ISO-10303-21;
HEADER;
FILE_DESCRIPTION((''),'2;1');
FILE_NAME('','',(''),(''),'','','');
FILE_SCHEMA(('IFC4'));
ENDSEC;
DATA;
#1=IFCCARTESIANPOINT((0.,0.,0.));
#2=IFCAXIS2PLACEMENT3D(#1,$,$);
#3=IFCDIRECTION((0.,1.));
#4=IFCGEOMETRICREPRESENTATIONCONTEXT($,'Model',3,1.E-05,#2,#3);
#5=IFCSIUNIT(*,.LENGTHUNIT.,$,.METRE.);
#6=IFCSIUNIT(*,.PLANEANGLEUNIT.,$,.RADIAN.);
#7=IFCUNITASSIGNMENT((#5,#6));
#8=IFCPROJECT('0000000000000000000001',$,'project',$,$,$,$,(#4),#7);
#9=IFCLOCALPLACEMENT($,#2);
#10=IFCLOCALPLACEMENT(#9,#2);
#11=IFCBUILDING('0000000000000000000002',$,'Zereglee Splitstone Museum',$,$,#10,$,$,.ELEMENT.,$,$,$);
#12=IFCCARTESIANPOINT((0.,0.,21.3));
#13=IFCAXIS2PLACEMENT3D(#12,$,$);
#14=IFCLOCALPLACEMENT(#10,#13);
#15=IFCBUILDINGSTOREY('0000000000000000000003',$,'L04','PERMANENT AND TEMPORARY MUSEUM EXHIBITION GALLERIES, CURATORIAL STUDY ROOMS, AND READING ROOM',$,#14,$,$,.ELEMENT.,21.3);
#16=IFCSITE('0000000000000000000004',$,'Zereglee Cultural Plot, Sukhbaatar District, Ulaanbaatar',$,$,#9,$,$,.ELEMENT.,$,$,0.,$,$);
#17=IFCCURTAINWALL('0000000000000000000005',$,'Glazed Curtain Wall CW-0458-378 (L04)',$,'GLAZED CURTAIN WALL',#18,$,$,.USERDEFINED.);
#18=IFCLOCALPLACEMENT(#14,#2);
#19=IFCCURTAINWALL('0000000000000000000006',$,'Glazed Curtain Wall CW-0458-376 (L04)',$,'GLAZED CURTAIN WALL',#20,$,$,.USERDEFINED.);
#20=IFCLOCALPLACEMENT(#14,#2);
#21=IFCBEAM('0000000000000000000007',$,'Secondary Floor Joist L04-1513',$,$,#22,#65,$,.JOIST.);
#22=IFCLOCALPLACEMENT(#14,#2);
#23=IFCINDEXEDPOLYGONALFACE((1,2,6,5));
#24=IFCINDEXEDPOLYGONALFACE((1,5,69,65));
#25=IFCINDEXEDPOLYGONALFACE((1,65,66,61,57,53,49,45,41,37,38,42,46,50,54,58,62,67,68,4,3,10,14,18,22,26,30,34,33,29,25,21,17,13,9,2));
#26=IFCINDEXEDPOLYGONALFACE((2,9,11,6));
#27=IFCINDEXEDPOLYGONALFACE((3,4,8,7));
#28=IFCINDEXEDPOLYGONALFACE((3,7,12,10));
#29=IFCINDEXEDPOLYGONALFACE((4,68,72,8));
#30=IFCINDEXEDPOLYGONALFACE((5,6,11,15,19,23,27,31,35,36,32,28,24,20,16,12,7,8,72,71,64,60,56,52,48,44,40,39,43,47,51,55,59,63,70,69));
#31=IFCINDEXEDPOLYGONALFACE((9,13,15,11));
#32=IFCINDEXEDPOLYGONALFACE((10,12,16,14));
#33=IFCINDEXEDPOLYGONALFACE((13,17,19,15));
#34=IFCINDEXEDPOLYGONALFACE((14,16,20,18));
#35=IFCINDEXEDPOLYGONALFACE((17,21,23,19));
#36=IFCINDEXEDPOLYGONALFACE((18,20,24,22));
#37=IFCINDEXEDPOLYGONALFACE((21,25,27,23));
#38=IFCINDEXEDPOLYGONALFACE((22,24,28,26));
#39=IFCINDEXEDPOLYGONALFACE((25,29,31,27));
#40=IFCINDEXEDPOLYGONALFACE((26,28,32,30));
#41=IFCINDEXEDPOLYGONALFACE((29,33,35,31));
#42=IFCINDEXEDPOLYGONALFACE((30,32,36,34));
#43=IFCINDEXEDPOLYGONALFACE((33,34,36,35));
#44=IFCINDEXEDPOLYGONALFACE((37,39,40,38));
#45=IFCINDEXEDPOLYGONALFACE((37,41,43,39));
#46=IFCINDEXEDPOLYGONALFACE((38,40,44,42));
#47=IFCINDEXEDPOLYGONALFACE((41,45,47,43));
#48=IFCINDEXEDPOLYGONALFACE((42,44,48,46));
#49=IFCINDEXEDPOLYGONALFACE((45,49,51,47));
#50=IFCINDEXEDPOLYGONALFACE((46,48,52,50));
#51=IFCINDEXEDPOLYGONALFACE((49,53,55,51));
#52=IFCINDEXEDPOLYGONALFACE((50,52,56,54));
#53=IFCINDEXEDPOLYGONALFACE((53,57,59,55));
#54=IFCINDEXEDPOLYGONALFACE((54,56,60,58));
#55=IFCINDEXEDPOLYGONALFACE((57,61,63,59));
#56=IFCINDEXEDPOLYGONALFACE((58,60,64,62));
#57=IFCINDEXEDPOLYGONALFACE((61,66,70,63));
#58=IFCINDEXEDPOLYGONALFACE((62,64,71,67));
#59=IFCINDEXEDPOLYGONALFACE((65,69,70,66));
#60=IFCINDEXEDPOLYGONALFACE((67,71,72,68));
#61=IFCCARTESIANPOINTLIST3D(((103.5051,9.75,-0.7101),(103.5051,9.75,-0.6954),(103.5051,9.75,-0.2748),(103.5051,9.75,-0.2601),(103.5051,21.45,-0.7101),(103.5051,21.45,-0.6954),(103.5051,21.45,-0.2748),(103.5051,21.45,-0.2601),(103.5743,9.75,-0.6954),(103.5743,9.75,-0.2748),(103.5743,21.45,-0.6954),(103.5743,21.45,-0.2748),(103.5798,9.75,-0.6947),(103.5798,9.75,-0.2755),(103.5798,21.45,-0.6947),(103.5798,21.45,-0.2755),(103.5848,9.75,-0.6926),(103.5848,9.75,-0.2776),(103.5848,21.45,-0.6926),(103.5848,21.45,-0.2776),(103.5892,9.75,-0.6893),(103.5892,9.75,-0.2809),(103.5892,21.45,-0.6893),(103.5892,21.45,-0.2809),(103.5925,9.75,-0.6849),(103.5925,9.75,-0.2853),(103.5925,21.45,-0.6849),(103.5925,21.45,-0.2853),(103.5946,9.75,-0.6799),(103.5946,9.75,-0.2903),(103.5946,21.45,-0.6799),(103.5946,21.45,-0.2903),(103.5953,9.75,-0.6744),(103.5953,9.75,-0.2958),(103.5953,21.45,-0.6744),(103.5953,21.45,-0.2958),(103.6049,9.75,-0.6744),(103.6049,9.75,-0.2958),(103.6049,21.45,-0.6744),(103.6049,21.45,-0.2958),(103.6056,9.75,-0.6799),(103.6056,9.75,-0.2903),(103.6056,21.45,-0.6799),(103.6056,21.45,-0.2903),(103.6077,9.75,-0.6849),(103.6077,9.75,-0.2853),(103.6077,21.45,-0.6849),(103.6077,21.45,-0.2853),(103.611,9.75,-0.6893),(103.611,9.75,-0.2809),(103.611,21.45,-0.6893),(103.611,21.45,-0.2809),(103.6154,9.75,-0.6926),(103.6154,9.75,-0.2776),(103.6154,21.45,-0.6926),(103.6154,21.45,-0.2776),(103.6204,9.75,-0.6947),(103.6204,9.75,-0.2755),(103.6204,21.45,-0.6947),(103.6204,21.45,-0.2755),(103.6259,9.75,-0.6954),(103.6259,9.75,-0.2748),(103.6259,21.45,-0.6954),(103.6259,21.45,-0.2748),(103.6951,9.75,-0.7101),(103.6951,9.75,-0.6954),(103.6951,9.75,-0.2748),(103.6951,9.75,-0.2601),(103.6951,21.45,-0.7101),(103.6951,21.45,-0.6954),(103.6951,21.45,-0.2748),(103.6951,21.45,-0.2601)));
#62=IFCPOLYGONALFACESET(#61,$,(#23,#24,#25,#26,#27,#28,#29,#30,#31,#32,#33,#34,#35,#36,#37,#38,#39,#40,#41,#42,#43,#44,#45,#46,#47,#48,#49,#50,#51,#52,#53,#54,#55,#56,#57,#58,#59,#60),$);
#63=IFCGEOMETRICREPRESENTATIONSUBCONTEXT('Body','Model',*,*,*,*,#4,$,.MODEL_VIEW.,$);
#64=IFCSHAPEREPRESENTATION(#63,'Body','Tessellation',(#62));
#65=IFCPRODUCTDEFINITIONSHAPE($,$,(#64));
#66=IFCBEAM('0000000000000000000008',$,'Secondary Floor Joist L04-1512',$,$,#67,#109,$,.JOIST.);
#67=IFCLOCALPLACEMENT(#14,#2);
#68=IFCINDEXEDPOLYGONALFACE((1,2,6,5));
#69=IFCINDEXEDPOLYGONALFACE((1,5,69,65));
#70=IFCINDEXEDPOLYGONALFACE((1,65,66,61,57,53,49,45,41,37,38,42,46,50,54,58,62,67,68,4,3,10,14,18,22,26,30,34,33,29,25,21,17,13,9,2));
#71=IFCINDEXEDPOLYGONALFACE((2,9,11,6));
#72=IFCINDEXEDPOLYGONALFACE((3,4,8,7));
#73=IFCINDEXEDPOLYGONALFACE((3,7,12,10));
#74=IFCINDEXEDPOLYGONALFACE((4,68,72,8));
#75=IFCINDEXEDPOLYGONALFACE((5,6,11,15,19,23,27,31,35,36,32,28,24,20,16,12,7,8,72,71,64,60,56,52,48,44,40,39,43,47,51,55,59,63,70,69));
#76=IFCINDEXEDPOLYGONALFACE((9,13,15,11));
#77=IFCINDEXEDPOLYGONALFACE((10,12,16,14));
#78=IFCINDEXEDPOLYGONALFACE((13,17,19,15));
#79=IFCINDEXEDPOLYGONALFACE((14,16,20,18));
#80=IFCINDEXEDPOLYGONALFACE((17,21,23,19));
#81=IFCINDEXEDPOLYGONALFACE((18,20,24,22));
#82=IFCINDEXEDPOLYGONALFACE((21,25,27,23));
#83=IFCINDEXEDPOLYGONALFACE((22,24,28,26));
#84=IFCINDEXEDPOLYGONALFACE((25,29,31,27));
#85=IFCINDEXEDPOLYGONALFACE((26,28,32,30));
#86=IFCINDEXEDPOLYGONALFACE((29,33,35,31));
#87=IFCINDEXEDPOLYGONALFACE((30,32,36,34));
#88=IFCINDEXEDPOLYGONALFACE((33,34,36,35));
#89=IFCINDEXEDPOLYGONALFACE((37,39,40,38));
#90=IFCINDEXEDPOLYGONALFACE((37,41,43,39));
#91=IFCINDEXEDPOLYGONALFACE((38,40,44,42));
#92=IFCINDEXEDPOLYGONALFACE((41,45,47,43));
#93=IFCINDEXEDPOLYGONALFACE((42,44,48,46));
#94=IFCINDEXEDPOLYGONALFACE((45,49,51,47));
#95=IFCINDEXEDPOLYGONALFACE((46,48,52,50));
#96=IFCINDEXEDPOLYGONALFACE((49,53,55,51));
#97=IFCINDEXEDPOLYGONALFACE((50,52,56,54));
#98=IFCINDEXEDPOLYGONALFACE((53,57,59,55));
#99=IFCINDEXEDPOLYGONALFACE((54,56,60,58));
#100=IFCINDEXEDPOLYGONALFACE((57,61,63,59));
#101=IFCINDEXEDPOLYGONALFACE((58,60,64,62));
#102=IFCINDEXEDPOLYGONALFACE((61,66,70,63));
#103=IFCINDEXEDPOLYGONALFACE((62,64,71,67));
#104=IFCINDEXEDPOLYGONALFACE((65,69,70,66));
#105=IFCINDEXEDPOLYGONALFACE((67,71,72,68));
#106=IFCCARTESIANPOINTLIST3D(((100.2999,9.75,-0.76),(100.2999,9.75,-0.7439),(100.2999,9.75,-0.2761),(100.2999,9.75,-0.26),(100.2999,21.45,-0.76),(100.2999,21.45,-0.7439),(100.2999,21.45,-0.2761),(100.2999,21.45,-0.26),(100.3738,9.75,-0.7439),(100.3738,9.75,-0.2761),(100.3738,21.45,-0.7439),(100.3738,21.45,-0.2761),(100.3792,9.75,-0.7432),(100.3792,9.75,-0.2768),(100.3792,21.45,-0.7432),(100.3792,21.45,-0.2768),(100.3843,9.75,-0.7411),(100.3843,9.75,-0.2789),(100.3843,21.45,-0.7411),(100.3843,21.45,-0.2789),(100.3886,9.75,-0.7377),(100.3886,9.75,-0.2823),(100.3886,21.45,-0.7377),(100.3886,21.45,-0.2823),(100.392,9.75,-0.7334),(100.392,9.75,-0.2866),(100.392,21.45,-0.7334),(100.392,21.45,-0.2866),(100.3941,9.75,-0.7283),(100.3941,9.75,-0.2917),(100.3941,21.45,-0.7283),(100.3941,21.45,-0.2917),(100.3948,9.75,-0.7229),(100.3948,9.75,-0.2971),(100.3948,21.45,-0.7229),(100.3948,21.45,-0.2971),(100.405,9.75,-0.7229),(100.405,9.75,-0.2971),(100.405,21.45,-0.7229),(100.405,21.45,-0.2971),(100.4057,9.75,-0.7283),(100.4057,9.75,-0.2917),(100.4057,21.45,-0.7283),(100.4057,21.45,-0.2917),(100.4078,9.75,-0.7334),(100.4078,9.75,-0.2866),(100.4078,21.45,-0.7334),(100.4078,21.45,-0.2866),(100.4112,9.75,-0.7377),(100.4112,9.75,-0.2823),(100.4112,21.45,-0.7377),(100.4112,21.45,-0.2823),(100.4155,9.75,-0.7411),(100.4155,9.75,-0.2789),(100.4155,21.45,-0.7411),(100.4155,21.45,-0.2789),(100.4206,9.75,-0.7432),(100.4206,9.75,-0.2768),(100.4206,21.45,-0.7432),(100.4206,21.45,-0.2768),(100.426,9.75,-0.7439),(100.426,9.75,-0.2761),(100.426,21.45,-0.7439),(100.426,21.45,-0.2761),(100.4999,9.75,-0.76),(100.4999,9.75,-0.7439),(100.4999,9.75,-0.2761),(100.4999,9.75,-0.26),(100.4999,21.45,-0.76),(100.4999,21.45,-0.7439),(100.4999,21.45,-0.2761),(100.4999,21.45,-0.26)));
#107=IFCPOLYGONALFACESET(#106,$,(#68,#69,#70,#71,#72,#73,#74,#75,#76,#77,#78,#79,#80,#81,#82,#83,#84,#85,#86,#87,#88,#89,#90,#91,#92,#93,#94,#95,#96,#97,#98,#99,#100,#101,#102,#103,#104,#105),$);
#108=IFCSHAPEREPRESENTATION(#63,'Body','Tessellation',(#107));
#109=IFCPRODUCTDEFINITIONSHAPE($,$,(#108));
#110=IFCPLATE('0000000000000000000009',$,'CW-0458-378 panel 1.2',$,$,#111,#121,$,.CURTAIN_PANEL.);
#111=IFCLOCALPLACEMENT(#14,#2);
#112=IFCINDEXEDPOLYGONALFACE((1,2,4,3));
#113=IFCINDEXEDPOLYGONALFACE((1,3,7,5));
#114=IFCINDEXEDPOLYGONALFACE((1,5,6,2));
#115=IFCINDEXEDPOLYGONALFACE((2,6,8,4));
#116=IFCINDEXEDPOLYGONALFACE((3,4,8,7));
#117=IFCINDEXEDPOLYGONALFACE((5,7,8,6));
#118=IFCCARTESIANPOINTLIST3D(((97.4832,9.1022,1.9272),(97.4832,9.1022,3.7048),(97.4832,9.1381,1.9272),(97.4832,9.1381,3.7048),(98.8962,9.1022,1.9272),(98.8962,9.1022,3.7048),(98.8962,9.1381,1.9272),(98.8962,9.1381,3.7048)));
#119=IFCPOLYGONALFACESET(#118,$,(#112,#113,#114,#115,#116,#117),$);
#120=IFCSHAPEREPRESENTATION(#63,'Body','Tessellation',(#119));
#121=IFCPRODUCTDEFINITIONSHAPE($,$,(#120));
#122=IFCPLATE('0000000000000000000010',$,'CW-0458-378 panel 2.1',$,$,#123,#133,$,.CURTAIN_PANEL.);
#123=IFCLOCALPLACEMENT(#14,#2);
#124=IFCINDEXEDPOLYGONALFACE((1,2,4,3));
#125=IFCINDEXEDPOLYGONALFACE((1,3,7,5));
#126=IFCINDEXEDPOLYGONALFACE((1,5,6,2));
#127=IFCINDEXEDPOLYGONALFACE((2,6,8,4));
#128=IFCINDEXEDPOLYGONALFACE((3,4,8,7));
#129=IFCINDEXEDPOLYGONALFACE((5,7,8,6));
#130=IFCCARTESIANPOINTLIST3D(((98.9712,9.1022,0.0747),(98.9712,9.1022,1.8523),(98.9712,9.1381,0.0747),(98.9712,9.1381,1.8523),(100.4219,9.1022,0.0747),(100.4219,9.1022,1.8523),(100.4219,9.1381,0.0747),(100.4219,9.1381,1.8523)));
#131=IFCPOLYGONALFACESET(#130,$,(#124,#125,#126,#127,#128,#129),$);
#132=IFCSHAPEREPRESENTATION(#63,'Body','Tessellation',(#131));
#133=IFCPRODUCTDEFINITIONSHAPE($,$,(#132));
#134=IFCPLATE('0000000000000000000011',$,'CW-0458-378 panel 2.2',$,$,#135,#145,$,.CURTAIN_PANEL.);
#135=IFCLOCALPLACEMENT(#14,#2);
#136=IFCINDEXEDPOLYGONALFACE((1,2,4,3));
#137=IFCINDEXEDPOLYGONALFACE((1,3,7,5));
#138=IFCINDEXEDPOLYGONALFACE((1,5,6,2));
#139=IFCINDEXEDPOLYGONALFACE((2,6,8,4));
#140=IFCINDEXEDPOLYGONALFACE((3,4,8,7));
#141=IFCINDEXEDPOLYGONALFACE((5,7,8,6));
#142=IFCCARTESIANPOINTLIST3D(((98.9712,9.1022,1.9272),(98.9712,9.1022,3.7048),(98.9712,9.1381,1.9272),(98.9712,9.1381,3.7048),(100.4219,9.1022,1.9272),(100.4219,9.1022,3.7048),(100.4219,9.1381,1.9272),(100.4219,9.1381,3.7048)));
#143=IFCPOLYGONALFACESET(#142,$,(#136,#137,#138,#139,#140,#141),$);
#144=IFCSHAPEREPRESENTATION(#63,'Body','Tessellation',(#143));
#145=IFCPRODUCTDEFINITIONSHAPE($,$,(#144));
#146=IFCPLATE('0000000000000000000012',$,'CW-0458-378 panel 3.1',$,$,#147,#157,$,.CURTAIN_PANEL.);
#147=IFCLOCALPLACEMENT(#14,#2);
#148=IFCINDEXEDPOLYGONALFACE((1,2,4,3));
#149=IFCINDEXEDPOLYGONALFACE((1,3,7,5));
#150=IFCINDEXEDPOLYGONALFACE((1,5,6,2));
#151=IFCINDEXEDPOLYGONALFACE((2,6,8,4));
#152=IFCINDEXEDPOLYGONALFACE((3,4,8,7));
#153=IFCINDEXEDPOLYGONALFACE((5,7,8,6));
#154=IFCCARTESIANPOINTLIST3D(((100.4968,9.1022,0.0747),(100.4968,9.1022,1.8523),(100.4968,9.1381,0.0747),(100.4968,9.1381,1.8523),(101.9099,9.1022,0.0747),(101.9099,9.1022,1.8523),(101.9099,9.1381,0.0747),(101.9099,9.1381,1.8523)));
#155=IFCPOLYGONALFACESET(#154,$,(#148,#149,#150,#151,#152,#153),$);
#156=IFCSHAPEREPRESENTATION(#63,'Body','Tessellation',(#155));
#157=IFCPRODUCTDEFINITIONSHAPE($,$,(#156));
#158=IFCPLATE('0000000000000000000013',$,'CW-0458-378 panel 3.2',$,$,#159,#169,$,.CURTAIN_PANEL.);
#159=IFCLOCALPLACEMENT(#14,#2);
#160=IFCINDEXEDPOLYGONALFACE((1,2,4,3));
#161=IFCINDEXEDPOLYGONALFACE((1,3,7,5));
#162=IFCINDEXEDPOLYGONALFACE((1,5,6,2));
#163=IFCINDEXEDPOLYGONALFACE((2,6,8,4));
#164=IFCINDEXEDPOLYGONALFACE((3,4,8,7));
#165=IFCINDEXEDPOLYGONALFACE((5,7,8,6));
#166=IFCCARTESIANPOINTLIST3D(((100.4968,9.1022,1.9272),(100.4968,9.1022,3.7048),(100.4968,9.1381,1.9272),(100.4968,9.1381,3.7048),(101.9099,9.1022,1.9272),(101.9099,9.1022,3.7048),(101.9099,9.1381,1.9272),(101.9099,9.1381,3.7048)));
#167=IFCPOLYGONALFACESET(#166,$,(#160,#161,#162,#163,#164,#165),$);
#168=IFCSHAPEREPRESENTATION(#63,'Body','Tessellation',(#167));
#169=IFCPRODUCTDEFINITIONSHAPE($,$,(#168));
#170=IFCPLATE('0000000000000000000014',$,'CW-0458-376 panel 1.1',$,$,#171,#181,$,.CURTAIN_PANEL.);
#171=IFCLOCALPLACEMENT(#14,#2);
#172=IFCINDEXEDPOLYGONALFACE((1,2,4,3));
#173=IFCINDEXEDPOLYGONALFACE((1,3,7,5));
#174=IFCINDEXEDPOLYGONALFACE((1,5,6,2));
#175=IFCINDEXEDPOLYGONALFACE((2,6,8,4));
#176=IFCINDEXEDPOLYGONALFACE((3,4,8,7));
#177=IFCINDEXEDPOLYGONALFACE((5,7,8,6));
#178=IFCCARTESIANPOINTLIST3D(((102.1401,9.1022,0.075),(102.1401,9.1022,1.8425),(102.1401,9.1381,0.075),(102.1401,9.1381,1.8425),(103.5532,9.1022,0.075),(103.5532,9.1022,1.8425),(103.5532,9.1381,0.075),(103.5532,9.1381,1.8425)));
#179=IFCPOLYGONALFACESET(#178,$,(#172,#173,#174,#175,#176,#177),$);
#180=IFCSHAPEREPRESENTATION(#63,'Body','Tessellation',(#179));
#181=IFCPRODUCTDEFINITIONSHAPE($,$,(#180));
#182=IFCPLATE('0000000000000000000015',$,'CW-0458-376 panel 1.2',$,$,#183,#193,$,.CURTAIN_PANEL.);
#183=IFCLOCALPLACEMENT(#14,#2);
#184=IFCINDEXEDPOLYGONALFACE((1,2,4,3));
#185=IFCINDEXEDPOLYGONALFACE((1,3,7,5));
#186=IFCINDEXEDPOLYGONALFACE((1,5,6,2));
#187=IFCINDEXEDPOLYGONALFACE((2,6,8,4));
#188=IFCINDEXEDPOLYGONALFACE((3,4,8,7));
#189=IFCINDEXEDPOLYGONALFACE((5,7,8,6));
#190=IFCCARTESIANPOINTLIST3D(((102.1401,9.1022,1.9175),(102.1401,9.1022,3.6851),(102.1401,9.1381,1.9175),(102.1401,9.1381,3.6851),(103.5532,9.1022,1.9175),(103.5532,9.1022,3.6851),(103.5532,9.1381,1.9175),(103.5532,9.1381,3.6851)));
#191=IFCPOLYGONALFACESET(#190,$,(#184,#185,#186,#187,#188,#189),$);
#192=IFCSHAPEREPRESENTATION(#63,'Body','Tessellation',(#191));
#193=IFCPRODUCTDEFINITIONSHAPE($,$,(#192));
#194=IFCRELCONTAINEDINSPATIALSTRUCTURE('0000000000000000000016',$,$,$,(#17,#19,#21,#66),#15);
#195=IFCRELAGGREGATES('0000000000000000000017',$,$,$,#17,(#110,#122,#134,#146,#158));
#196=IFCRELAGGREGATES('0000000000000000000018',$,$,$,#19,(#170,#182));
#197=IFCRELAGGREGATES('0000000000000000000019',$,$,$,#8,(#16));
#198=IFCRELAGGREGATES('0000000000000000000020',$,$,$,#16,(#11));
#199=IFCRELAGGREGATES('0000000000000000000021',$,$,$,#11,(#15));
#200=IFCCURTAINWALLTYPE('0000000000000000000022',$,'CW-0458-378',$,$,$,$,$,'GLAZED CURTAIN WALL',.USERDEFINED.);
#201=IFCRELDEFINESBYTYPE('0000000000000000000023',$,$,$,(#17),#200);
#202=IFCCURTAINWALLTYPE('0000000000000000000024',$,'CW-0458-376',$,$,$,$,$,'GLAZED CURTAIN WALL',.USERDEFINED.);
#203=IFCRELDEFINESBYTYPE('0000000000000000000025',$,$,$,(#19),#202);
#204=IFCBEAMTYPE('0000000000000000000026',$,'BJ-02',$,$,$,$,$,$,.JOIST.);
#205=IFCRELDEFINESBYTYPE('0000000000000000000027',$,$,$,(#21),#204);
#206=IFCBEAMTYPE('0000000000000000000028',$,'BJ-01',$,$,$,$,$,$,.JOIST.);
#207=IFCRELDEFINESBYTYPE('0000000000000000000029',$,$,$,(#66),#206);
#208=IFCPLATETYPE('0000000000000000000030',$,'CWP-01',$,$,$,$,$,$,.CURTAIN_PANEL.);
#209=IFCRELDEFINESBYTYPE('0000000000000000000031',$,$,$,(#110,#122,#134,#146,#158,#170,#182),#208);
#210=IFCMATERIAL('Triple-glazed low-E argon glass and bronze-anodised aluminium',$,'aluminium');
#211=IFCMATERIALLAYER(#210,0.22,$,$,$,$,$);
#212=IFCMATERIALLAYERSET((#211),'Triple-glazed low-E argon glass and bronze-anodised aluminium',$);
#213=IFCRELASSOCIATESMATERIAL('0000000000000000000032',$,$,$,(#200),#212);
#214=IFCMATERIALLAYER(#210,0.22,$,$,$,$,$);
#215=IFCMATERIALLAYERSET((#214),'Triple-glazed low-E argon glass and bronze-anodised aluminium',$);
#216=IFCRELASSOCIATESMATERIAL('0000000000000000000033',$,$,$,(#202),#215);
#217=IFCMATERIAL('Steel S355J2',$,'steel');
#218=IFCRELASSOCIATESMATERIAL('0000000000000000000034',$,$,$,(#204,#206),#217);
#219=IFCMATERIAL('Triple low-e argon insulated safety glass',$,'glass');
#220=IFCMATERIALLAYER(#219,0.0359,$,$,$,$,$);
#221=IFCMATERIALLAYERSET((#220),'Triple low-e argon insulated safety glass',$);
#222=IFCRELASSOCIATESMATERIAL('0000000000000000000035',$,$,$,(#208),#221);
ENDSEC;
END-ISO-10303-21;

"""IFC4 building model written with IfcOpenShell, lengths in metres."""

from ifc_helpers import new_model, si_unit, direction, frame, origin, origin_2d, place, context, subcontext, project, spatial, rectangle, i_section, extrude, material, layer, layer_set, material_profile, profile_set, type_object, element, aggregate, save


model = new_model("IFC4")

# Units and contexts
model_context = context("Model", 3, precision=1e-05, world=origin(), true_north=direction((0.0, 1.0)))
body_context = subcontext(model_context, "Body", "Model", "MODEL_VIEW")
ifc_project = project(units=[si_unit("LENGTHUNIT", "METRE"), si_unit("PLANEANGLEUNIT", "RADIAN")], contexts=[model_context])

# Site, building, storey
site_placement = place(None, origin())
site = spatial("IfcSite", under=ifc_project, at=site_placement, Name="Zereglee Cultural Plot, Sukhbaatar District, Ulaanbaatar", CompositionType="ELEMENT", RefElevation=0.0)
building_placement = place(site_placement, origin())
building = spatial("IfcBuilding", under=site, at=building_placement, Name="Zereglee Splitstone Museum", CompositionType="ELEMENT")
storey_placement = place(building_placement, frame((0.0, 0.0, 21.3)))
storey = spatial("IfcBuildingStorey", under=building, at=storey_placement, Name="L04", Description="PERMANENT AND TEMPORARY MUSEUM EXHIBITION GALLERIES, CURATORIAL STUDY ROOMS, AND READING ROOM", CompositionType="ELEMENT", Elevation=21.3)

# Curtain walls
ifc_material_1 = material(Name="Triple-glazed low-E argon glass and bronze-anodised aluminium", Category="aluminium")
ifc_layer_1 = layer(ifc_material_1, 0.22)
ifc_layer_set_1 = layer_set([ifc_layer_1], Name="Triple-glazed low-E argon glass and bronze-anodised aluminium")
curtain_wall_type_1 = type_object("IfcCurtainWallType", Name="CW-0458-378", ElementType="GLAZED CURTAIN WALL", PredefinedType="USERDEFINED", material=ifc_layer_set_1)
curtain_wall_1_placement = place(storey_placement, origin())
curtain_wall_1 = element("IfcCurtainWall", 1, at=curtain_wall_1_placement, inside=storey, type_object=curtain_wall_type_1, Name="Glazed Curtain Wall CW-0458-378 (L04)", ObjectType="GLAZED CURTAIN WALL", PredefinedType="USERDEFINED")
ifc_layer_2 = layer(ifc_material_1, 0.22)
ifc_layer_set_2 = layer_set([ifc_layer_2], Name="Triple-glazed low-E argon glass and bronze-anodised aluminium")
curtain_wall_type_2 = type_object("IfcCurtainWallType", Name="CW-0458-376", ElementType="GLAZED CURTAIN WALL", PredefinedType="USERDEFINED", material=ifc_layer_set_2)
curtain_wall_2_placement = place(storey_placement, origin())
curtain_wall_2 = element("IfcCurtainWall", 2, at=curtain_wall_2_placement, inside=storey, type_object=curtain_wall_type_2, Name="Glazed Curtain Wall CW-0458-376 (L04)", ObjectType="GLAZED CURTAIN WALL", PredefinedType="USERDEFINED")

# Beams
ifc_material_2 = material(Name="Steel S355J2", Category="steel")
ifc_material_profile_1 = material_profile(ifc_material_2, i_section(OverallWidth=0.1899, OverallDepth=0.45, WebThickness=0.0095, FlangeThickness=0.0146, FilletRadius=0.021, at=origin_2d()), Name="IPE 450")
ifc_profile_set_1 = profile_set([ifc_material_profile_1], Name="Steel S355J2")
beam_type_1 = type_object("IfcBeamType", Name="BJ-02", PredefinedType="JOIST", material=ifc_profile_set_1)
beam_1_placement = place(storey_placement, frame((103.6001, 9.75, -0.4851), z_axis=(0.0, 1.0, 0.0), x_axis=(-1.0, 0.0, 0.0)))
element("IfcBeam", 3, at=beam_1_placement, inside=storey, type_object=beam_type_1, Name="Secondary Floor Joist L04-1513", PredefinedType="JOIST", context=body_context, shape_type="SweptSolid", body=[
    extrude(i_section(OverallWidth=0.1899, OverallDepth=0.45, WebThickness=0.0095, FlangeThickness=0.0146, FilletRadius=0.021, at=origin_2d()), origin(), (0.0, 0.0, 1.0), 11.7),
])
ifc_material_profile_2 = material_profile(ifc_material_2, i_section(OverallWidth=0.2, OverallDepth=0.5, WebThickness=0.0103, FlangeThickness=0.0161, FilletRadius=0.021, at=origin_2d()), Name="IPE 500")
ifc_profile_set_2 = profile_set([ifc_material_profile_2], Name="Steel S355J2")
beam_type_2 = type_object("IfcBeamType", Name="BJ-01", PredefinedType="JOIST", material=ifc_profile_set_2)
beam_2_placement = place(storey_placement, frame((100.3999, 9.75, -0.51), z_axis=(0.0, 1.0, 0.0), x_axis=(-1.0, 0.0, 0.0)))
element("IfcBeam", 4, at=beam_2_placement, inside=storey, type_object=beam_type_2, Name="Secondary Floor Joist L04-1512", PredefinedType="JOIST", context=body_context, shape_type="SweptSolid", body=[
    extrude(i_section(OverallWidth=0.2, OverallDepth=0.5, WebThickness=0.0103, FlangeThickness=0.0161, FilletRadius=0.021, at=origin_2d()), origin(), (0.0, 0.0, 1.0), 11.7),
])

# Plates
ifc_material_3 = material(Name="Triple low-e argon insulated safety glass", Category="glass")
ifc_layer_3 = layer(ifc_material_3, 0.0359)
ifc_layer_set_3 = layer_set([ifc_layer_3], Name="Triple low-e argon insulated safety glass")
plate_type = type_object("IfcPlateType", Name="CWP-01", PredefinedType="CURTAIN_PANEL", material=ifc_layer_set_3)
plate_1_placement = place(storey_placement, frame((98.1897, 9.1201, 1.9272), z_axis=(0.0, 0.0, 1.0), x_axis=(1.0, 0.0, 0.0)))
plate_1 = element("IfcPlate", 5, at=plate_1_placement, type_object=plate_type, Name="CW-0458-378 panel 1.2", PredefinedType="CURTAIN_PANEL", context=body_context, shape_type="SweptSolid", body=[
    extrude(rectangle(XDim=1.4131, YDim=0.0359, at=origin_2d()), origin(), (0.0, 0.0, 1.0), 1.7776),
])
plate_2_placement = place(storey_placement, frame((99.6965, 9.1201, 0.0747), z_axis=(0.0, 0.0, 1.0), x_axis=(1.0, 0.0, 0.0)))
plate_2 = element("IfcPlate", 6, at=plate_2_placement, type_object=plate_type, Name="CW-0458-378 panel 2.1", PredefinedType="CURTAIN_PANEL", context=body_context, shape_type="SweptSolid", body=[
    extrude(rectangle(XDim=1.4507, YDim=0.0359, at=origin_2d()), origin(), (0.0, 0.0, 1.0), 1.7776),
])
plate_3_placement = place(storey_placement, frame((99.6965, 9.1201, 1.9272), z_axis=(0.0, 0.0, 1.0), x_axis=(1.0, 0.0, 0.0)))
plate_3 = element("IfcPlate", 7, at=plate_3_placement, type_object=plate_type, Name="CW-0458-378 panel 2.2", PredefinedType="CURTAIN_PANEL", context=body_context, shape_type="SweptSolid", body=[
    extrude(rectangle(XDim=1.4507, YDim=0.0359, at=origin_2d()), origin(), (0.0, 0.0, 1.0), 1.7776),
])
plate_4_placement = place(storey_placement, frame((101.2034, 9.1201, 0.0747), z_axis=(0.0, 0.0, 1.0), x_axis=(1.0, 0.0, 0.0)))
plate_4 = element("IfcPlate", 8, at=plate_4_placement, type_object=plate_type, Name="CW-0458-378 panel 3.1", PredefinedType="CURTAIN_PANEL", context=body_context, shape_type="SweptSolid", body=[
    extrude(rectangle(XDim=1.4131, YDim=0.0359, at=origin_2d()), origin(), (0.0, 0.0, 1.0), 1.7776),
])
plate_5_placement = place(storey_placement, frame((101.2034, 9.1201, 1.9272), z_axis=(0.0, 0.0, 1.0), x_axis=(1.0, 0.0, 0.0)))
plate_5 = element("IfcPlate", 9, at=plate_5_placement, type_object=plate_type, Name="CW-0458-378 panel 3.2", PredefinedType="CURTAIN_PANEL", context=body_context, shape_type="SweptSolid", body=[
    extrude(rectangle(XDim=1.4131, YDim=0.0359, at=origin_2d()), origin(), (0.0, 0.0, 1.0), 1.7776),
])
aggregate(curtain_wall_1, [plate_1, plate_2, plate_3, plate_4, plate_5])
plate_6_placement = place(storey_placement, frame((102.8467, 9.1201, 0.075), z_axis=(0.0, 0.0, 1.0), x_axis=(1.0, 0.0, 0.0)))
plate_6 = element("IfcPlate", 10, at=plate_6_placement, type_object=plate_type, Name="CW-0458-376 panel 1.1", PredefinedType="CURTAIN_PANEL", context=body_context, shape_type="SweptSolid", body=[
    extrude(rectangle(XDim=1.4131, YDim=0.0359, at=origin_2d()), origin(), (0.0, 0.0, 1.0), 1.7676),
])
plate_7_placement = place(storey_placement, frame((102.8467, 9.1201, 1.9175), z_axis=(0.0, 0.0, 1.0), x_axis=(1.0, 0.0, 0.0)))
plate_7 = element("IfcPlate", 11, at=plate_7_placement, type_object=plate_type, Name="CW-0458-376 panel 1.2", PredefinedType="CURTAIN_PANEL", context=body_context, shape_type="SweptSolid", body=[
    extrude(rectangle(XDim=1.4131, YDim=0.0359, at=origin_2d()), origin(), (0.0, 0.0, 1.0), 1.7676),
])
aggregate(curtain_wall_2, [plate_6, plate_7])

save(model, "model.ifc")
